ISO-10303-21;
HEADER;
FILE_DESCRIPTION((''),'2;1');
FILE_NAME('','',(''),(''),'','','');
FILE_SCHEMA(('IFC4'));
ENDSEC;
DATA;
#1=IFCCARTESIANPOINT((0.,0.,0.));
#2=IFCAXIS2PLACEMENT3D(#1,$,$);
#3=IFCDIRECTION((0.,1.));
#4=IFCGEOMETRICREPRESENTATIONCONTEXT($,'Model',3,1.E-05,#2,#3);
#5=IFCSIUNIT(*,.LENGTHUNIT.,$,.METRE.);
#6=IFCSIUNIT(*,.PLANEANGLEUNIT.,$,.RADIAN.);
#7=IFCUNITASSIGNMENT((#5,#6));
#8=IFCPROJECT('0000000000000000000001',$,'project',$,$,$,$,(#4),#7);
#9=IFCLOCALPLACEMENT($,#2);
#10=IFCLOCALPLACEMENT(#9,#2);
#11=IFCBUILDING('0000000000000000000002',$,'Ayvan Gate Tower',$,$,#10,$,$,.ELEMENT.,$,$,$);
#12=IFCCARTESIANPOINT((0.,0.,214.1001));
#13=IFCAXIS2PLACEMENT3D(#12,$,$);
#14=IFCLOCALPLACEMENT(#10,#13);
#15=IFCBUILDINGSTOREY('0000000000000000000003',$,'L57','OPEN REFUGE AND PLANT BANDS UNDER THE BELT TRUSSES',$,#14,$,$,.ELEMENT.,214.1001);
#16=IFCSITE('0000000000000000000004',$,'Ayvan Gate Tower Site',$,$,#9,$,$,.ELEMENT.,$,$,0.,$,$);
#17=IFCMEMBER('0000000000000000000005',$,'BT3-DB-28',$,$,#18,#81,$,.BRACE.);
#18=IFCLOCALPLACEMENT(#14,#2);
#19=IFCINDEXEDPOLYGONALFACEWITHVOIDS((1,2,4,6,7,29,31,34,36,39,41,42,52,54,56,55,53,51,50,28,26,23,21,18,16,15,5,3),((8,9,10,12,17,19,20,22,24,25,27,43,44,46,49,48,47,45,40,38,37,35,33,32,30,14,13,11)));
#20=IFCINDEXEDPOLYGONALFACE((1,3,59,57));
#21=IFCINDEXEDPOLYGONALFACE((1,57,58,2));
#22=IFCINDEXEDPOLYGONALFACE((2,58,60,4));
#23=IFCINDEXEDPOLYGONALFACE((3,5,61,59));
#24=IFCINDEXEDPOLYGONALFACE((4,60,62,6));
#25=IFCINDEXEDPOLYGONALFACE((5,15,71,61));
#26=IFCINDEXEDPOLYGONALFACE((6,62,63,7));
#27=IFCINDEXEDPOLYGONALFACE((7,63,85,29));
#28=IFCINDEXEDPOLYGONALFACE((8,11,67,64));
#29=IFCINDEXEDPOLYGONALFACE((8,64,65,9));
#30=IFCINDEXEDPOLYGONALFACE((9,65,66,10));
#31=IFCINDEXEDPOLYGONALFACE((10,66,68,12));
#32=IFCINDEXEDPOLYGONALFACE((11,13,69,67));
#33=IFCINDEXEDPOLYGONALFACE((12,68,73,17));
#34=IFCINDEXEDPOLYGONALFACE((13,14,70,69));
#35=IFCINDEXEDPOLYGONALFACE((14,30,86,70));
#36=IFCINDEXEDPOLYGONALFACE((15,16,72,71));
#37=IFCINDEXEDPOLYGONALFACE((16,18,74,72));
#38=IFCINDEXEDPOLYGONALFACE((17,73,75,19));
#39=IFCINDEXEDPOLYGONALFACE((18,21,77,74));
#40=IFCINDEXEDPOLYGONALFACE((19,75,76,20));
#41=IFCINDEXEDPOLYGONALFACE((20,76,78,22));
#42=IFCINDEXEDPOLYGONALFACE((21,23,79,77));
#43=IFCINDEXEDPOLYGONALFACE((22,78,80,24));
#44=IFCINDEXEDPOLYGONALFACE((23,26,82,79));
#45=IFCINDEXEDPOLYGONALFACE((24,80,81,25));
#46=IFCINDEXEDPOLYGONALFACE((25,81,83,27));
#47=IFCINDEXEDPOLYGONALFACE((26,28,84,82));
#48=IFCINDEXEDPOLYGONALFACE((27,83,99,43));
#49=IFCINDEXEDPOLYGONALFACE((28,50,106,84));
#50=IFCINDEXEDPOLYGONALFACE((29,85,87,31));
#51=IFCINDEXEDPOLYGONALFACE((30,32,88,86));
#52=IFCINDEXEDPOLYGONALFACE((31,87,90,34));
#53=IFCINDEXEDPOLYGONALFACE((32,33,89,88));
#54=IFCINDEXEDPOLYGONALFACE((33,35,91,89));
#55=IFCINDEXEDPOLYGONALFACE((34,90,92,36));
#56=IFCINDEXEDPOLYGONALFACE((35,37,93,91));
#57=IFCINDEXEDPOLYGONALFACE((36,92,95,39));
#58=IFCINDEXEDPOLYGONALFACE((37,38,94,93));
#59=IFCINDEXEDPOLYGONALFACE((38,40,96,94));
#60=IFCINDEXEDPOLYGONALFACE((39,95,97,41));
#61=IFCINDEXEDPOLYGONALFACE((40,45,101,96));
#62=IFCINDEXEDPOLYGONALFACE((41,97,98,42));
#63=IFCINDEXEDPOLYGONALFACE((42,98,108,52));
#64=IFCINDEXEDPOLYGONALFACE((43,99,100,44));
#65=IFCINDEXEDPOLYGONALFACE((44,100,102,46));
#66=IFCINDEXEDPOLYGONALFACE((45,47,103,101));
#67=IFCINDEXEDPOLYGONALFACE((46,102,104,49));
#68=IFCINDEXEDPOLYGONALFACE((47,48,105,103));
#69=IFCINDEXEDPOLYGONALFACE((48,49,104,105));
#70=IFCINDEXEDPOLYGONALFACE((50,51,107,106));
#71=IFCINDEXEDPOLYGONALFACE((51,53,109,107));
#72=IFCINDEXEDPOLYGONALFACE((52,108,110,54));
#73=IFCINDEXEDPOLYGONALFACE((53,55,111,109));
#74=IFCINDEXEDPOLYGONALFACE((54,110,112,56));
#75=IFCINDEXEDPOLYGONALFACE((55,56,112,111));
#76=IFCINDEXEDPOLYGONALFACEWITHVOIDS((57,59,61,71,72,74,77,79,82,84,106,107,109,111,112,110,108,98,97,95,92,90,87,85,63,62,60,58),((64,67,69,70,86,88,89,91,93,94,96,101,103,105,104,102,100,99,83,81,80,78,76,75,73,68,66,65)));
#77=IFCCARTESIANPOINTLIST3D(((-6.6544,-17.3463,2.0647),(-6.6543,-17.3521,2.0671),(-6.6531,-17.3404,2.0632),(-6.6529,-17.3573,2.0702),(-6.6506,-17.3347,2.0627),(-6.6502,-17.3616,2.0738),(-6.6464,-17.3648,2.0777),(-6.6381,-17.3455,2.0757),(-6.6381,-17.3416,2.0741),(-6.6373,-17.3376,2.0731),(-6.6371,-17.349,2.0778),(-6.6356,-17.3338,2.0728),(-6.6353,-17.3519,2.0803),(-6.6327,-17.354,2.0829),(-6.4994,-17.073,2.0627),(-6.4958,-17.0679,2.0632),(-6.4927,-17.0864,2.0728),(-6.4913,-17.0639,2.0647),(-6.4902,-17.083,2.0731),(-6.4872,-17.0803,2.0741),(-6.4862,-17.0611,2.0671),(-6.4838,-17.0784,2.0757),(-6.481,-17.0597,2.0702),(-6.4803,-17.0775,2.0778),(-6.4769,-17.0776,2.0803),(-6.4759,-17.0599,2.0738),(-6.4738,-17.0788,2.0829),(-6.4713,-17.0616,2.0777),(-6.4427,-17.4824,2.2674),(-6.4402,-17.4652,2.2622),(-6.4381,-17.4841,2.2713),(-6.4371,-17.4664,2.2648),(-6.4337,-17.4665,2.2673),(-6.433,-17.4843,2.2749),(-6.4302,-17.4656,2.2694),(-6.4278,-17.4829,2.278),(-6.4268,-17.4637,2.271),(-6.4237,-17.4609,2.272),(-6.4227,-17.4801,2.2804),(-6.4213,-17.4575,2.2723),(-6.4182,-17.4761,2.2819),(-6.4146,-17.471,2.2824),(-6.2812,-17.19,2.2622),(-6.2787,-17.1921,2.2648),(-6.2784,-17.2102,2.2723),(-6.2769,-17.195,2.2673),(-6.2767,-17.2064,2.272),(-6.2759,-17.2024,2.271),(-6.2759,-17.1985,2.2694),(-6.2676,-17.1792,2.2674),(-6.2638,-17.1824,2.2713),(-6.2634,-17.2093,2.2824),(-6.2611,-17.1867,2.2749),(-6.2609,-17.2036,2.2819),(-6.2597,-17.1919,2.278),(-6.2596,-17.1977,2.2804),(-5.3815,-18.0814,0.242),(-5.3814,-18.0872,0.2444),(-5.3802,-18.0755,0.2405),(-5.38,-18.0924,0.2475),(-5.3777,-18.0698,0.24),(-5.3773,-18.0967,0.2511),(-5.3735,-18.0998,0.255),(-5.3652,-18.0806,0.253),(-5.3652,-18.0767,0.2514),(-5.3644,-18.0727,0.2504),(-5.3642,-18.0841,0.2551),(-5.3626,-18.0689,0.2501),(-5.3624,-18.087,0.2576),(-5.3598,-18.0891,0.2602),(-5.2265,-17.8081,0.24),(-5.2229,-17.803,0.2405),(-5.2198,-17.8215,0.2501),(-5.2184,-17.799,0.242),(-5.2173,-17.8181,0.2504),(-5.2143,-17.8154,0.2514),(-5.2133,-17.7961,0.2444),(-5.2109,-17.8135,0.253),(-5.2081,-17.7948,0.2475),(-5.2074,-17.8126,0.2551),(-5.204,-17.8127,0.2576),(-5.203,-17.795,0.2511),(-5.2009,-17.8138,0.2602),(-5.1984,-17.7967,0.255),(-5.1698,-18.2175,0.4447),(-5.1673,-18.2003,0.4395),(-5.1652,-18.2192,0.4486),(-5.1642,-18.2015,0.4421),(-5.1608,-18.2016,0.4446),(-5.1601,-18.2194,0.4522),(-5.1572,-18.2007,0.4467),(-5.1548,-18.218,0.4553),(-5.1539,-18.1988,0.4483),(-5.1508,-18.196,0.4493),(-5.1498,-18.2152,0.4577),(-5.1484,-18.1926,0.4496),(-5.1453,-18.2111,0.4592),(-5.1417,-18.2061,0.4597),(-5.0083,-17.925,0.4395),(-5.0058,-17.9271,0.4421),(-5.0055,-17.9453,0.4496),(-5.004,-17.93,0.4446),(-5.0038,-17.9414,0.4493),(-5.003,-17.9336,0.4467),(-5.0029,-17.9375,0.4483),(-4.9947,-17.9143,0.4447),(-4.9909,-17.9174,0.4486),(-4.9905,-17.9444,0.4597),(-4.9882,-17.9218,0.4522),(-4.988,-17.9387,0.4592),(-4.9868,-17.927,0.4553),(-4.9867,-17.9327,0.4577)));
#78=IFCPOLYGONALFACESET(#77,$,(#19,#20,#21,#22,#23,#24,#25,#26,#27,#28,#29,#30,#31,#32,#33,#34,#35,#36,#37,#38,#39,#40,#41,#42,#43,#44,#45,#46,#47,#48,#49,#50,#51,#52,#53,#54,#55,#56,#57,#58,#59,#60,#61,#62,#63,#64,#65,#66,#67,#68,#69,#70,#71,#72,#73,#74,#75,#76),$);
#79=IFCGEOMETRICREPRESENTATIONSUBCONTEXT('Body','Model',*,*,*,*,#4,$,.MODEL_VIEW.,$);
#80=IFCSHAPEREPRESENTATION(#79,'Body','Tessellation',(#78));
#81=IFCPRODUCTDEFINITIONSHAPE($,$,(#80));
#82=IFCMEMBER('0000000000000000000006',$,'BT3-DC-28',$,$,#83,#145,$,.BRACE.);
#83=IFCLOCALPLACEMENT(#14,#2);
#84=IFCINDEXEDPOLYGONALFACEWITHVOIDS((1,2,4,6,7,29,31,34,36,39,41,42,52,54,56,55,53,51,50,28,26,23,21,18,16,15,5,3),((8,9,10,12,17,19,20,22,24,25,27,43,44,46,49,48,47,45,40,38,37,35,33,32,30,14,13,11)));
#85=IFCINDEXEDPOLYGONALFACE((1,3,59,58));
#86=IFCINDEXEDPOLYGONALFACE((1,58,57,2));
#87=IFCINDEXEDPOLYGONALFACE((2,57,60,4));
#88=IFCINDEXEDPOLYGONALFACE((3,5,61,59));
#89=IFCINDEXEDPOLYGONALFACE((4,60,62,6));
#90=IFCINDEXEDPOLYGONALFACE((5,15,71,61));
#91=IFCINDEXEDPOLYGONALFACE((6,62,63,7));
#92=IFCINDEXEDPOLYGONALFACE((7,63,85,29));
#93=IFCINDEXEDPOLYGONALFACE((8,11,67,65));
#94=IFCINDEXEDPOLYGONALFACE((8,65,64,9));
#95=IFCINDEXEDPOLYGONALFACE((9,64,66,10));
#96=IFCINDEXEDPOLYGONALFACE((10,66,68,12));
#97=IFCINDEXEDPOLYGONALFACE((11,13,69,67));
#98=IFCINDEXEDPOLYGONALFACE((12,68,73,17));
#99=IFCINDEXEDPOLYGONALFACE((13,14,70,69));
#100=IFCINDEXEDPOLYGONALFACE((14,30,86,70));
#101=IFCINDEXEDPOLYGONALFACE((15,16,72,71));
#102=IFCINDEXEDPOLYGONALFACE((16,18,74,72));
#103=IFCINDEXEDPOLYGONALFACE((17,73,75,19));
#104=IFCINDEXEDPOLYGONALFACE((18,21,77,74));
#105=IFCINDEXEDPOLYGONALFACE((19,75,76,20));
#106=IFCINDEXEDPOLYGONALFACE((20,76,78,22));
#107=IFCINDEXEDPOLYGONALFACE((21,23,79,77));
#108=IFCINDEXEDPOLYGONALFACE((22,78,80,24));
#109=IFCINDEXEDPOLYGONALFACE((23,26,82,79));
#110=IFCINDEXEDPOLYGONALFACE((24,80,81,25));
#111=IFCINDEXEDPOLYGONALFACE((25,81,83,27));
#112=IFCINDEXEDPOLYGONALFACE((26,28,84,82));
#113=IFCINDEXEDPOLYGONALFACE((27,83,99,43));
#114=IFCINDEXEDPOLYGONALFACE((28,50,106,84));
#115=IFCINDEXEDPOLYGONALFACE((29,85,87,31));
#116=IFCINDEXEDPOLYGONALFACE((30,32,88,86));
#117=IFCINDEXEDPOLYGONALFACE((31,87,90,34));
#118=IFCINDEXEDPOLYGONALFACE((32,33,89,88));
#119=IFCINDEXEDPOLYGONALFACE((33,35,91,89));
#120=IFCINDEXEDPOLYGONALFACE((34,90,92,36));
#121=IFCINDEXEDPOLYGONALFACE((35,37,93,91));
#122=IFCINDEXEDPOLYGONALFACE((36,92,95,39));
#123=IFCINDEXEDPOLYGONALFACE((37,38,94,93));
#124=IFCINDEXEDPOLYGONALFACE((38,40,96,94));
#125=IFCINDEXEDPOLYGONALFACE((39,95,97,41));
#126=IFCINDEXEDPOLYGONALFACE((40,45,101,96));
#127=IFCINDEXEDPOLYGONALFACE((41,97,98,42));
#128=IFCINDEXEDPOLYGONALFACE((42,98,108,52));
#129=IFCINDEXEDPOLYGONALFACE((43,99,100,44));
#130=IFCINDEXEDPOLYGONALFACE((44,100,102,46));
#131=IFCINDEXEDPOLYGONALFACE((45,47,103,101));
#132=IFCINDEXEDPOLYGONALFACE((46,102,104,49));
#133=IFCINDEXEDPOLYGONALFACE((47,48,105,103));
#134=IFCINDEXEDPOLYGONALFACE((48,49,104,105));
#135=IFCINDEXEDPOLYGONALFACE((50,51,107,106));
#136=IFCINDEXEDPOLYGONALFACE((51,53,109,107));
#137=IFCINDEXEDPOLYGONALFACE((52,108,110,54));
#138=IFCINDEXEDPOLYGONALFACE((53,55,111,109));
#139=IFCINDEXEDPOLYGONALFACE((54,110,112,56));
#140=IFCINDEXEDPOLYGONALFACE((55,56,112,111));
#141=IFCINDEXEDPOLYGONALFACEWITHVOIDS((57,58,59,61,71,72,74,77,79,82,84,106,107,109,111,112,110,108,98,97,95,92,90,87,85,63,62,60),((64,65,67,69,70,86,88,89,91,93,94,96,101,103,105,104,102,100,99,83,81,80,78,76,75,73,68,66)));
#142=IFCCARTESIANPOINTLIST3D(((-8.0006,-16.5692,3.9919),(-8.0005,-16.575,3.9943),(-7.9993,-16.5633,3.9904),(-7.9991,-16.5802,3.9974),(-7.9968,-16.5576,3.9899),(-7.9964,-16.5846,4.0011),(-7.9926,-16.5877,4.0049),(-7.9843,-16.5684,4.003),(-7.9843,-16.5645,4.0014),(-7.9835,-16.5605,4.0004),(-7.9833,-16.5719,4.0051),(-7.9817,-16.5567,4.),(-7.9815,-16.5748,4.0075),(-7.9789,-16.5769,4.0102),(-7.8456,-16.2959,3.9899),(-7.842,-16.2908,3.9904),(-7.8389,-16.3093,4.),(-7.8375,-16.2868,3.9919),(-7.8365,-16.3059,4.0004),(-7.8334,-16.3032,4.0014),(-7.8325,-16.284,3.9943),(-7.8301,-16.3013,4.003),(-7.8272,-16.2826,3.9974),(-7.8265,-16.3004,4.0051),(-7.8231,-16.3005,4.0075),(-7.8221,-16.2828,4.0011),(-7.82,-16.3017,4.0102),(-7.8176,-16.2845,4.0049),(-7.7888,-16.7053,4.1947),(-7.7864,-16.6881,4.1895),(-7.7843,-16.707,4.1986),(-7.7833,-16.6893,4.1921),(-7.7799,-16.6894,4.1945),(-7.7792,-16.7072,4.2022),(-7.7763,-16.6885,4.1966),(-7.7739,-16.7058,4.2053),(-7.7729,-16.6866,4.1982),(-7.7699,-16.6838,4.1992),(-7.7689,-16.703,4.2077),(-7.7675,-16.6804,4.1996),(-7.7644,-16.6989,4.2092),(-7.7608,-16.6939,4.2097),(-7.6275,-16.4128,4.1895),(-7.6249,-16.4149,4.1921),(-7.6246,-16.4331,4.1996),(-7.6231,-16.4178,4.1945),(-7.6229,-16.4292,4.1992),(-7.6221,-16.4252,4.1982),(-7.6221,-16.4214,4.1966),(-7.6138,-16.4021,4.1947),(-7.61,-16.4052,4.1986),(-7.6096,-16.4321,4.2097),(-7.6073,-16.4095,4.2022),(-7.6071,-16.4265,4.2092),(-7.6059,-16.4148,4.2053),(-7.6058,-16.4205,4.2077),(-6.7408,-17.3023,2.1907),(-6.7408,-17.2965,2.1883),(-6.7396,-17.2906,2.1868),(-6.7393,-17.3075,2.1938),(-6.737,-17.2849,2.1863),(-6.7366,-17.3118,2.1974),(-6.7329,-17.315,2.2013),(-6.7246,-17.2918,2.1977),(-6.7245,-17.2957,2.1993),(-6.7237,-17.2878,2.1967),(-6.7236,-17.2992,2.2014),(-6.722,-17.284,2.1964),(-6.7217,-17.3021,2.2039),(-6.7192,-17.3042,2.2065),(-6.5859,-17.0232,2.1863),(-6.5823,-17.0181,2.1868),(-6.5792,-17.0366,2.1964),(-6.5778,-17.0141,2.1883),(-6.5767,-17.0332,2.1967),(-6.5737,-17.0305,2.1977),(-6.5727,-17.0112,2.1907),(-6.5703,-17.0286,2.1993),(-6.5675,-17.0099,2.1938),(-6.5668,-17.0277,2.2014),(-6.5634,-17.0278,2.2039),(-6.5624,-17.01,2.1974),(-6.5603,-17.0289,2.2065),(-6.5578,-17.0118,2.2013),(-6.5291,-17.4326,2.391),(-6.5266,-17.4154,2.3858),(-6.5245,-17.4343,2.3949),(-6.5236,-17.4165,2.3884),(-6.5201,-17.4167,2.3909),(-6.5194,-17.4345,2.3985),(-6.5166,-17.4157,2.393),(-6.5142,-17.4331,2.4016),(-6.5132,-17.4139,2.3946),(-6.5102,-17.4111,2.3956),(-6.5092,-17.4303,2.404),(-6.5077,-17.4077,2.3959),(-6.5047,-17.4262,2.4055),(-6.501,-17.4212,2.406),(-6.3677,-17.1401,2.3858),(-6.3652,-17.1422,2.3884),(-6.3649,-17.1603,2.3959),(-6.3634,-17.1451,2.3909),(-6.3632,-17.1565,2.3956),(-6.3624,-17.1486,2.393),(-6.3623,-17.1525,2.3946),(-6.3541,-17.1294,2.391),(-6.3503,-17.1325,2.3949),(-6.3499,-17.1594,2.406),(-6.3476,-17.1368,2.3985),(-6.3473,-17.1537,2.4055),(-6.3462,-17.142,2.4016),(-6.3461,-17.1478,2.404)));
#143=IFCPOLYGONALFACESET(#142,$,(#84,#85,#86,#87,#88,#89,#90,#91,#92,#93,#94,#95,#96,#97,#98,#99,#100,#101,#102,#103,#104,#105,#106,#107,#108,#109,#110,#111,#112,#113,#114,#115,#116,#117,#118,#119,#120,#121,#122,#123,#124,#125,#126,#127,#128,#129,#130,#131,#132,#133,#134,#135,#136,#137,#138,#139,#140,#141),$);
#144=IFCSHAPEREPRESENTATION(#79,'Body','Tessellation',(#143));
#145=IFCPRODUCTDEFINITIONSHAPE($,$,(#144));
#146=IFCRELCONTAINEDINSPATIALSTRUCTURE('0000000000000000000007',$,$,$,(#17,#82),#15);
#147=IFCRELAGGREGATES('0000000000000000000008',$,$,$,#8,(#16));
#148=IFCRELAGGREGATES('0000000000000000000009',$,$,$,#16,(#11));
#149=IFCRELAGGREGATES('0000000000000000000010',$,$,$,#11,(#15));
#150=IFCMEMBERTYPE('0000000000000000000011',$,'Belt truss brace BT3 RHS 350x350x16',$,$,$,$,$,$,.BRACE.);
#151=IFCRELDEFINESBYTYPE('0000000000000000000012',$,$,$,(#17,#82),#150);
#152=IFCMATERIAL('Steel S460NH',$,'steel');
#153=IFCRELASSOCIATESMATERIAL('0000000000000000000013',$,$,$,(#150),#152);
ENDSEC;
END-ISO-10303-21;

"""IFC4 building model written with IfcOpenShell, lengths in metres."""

from ifc_helpers import new_model, si_unit, direction, frame, origin, origin_2d, place, context, subcontext, project, spatial, hollow_rectangle, extrude, material, material_profile, profile_set, type_object, element, save


model = new_model("IFC4")

# Units and contexts
model_context = context("Model", 3, precision=1e-05, world=origin(), true_north=direction((0.0, 1.0)))
body_context = subcontext(model_context, "Body", "Model", "MODEL_VIEW")
ifc_project = project(units=[si_unit("LENGTHUNIT", "METRE"), si_unit("PLANEANGLEUNIT", "RADIAN")], contexts=[model_context])

# Site, building, storey
site_placement = place(None, origin())
site = spatial("IfcSite", under=ifc_project, at=site_placement, Name="Ayvan Gate Tower Site", CompositionType="ELEMENT", RefElevation=0.0)
building_placement = place(site_placement, origin())
building = spatial("IfcBuilding", under=site, at=building_placement, Name="Ayvan Gate Tower", CompositionType="ELEMENT")
storey_placement = place(building_placement, frame((0.0, 0.0, 214.1001)))
storey = spatial("IfcBuildingStorey", under=building, at=storey_placement, Name="L57", Description="OPEN REFUGE AND PLANT BANDS UNDER THE BELT TRUSSES", CompositionType="ELEMENT", Elevation=214.1001)

# Members
ifc_material_1 = material(Name="Steel S460NH", Category="steel")
ifc_material_profile_1 = material_profile(ifc_material_1, hollow_rectangle(XDim=0.3501, YDim=0.3501, WallThickness=0.0161, InnerFilletRadius=0.0161, OuterFilletRadius=0.0239, at=origin_2d()), Name="RHS 350x350x16")
ifc_profile_set_1 = profile_set([ifc_material_profile_1], Name="Steel S460NH")
member_type_1 = type_object("IfcMemberType", Name="Belt truss brace BT3 RHS 350x350x16", PredefinedType="BRACE", material=ifc_profile_set_1)
member_1_placement = place(storey_placement, frame((-5.1841, -18.0071, 0.3499), z_axis=(-0.543618, 0.31393, 0.778414), x_axis=(-0.500087, -0.865975, 0.0)))
element("IfcMember", 1, at=member_1_placement, inside=storey, type_object=member_type_1, Name="BT3-DB-28", PredefinedType="BRACE", context=body_context, shape_type="SweptSolid", body=[
    extrude(hollow_rectangle(XDim=0.3501, YDim=0.3501, WallThickness=0.0161, InnerFilletRadius=0.0161, OuterFilletRadius=0.0239, at=origin_2d()), origin(), (0.0, 0.0, 1.0), 2.3416),
])
member_2_placement = place(storey_placement, frame((-6.5435, -17.2222, 2.2961), z_axis=(-0.543662, 0.31387, 0.778407), x_axis=(-0.499984, -0.866035, 0.0)))
element("IfcMember", 2, at=member_2_placement, inside=storey, type_object=member_type_1, Name="BT3-DC-28", PredefinedType="BRACE", context=body_context, shape_type="SweptSolid", body=[
    extrude(hollow_rectangle(XDim=0.3501, YDim=0.3501, WallThickness=0.0161, InnerFilletRadius=0.0161, OuterFilletRadius=0.0239, at=origin_2d()), origin(), (0.0, 0.0, 1.0), 2.3171),
])

save(model, "model.ifc")
